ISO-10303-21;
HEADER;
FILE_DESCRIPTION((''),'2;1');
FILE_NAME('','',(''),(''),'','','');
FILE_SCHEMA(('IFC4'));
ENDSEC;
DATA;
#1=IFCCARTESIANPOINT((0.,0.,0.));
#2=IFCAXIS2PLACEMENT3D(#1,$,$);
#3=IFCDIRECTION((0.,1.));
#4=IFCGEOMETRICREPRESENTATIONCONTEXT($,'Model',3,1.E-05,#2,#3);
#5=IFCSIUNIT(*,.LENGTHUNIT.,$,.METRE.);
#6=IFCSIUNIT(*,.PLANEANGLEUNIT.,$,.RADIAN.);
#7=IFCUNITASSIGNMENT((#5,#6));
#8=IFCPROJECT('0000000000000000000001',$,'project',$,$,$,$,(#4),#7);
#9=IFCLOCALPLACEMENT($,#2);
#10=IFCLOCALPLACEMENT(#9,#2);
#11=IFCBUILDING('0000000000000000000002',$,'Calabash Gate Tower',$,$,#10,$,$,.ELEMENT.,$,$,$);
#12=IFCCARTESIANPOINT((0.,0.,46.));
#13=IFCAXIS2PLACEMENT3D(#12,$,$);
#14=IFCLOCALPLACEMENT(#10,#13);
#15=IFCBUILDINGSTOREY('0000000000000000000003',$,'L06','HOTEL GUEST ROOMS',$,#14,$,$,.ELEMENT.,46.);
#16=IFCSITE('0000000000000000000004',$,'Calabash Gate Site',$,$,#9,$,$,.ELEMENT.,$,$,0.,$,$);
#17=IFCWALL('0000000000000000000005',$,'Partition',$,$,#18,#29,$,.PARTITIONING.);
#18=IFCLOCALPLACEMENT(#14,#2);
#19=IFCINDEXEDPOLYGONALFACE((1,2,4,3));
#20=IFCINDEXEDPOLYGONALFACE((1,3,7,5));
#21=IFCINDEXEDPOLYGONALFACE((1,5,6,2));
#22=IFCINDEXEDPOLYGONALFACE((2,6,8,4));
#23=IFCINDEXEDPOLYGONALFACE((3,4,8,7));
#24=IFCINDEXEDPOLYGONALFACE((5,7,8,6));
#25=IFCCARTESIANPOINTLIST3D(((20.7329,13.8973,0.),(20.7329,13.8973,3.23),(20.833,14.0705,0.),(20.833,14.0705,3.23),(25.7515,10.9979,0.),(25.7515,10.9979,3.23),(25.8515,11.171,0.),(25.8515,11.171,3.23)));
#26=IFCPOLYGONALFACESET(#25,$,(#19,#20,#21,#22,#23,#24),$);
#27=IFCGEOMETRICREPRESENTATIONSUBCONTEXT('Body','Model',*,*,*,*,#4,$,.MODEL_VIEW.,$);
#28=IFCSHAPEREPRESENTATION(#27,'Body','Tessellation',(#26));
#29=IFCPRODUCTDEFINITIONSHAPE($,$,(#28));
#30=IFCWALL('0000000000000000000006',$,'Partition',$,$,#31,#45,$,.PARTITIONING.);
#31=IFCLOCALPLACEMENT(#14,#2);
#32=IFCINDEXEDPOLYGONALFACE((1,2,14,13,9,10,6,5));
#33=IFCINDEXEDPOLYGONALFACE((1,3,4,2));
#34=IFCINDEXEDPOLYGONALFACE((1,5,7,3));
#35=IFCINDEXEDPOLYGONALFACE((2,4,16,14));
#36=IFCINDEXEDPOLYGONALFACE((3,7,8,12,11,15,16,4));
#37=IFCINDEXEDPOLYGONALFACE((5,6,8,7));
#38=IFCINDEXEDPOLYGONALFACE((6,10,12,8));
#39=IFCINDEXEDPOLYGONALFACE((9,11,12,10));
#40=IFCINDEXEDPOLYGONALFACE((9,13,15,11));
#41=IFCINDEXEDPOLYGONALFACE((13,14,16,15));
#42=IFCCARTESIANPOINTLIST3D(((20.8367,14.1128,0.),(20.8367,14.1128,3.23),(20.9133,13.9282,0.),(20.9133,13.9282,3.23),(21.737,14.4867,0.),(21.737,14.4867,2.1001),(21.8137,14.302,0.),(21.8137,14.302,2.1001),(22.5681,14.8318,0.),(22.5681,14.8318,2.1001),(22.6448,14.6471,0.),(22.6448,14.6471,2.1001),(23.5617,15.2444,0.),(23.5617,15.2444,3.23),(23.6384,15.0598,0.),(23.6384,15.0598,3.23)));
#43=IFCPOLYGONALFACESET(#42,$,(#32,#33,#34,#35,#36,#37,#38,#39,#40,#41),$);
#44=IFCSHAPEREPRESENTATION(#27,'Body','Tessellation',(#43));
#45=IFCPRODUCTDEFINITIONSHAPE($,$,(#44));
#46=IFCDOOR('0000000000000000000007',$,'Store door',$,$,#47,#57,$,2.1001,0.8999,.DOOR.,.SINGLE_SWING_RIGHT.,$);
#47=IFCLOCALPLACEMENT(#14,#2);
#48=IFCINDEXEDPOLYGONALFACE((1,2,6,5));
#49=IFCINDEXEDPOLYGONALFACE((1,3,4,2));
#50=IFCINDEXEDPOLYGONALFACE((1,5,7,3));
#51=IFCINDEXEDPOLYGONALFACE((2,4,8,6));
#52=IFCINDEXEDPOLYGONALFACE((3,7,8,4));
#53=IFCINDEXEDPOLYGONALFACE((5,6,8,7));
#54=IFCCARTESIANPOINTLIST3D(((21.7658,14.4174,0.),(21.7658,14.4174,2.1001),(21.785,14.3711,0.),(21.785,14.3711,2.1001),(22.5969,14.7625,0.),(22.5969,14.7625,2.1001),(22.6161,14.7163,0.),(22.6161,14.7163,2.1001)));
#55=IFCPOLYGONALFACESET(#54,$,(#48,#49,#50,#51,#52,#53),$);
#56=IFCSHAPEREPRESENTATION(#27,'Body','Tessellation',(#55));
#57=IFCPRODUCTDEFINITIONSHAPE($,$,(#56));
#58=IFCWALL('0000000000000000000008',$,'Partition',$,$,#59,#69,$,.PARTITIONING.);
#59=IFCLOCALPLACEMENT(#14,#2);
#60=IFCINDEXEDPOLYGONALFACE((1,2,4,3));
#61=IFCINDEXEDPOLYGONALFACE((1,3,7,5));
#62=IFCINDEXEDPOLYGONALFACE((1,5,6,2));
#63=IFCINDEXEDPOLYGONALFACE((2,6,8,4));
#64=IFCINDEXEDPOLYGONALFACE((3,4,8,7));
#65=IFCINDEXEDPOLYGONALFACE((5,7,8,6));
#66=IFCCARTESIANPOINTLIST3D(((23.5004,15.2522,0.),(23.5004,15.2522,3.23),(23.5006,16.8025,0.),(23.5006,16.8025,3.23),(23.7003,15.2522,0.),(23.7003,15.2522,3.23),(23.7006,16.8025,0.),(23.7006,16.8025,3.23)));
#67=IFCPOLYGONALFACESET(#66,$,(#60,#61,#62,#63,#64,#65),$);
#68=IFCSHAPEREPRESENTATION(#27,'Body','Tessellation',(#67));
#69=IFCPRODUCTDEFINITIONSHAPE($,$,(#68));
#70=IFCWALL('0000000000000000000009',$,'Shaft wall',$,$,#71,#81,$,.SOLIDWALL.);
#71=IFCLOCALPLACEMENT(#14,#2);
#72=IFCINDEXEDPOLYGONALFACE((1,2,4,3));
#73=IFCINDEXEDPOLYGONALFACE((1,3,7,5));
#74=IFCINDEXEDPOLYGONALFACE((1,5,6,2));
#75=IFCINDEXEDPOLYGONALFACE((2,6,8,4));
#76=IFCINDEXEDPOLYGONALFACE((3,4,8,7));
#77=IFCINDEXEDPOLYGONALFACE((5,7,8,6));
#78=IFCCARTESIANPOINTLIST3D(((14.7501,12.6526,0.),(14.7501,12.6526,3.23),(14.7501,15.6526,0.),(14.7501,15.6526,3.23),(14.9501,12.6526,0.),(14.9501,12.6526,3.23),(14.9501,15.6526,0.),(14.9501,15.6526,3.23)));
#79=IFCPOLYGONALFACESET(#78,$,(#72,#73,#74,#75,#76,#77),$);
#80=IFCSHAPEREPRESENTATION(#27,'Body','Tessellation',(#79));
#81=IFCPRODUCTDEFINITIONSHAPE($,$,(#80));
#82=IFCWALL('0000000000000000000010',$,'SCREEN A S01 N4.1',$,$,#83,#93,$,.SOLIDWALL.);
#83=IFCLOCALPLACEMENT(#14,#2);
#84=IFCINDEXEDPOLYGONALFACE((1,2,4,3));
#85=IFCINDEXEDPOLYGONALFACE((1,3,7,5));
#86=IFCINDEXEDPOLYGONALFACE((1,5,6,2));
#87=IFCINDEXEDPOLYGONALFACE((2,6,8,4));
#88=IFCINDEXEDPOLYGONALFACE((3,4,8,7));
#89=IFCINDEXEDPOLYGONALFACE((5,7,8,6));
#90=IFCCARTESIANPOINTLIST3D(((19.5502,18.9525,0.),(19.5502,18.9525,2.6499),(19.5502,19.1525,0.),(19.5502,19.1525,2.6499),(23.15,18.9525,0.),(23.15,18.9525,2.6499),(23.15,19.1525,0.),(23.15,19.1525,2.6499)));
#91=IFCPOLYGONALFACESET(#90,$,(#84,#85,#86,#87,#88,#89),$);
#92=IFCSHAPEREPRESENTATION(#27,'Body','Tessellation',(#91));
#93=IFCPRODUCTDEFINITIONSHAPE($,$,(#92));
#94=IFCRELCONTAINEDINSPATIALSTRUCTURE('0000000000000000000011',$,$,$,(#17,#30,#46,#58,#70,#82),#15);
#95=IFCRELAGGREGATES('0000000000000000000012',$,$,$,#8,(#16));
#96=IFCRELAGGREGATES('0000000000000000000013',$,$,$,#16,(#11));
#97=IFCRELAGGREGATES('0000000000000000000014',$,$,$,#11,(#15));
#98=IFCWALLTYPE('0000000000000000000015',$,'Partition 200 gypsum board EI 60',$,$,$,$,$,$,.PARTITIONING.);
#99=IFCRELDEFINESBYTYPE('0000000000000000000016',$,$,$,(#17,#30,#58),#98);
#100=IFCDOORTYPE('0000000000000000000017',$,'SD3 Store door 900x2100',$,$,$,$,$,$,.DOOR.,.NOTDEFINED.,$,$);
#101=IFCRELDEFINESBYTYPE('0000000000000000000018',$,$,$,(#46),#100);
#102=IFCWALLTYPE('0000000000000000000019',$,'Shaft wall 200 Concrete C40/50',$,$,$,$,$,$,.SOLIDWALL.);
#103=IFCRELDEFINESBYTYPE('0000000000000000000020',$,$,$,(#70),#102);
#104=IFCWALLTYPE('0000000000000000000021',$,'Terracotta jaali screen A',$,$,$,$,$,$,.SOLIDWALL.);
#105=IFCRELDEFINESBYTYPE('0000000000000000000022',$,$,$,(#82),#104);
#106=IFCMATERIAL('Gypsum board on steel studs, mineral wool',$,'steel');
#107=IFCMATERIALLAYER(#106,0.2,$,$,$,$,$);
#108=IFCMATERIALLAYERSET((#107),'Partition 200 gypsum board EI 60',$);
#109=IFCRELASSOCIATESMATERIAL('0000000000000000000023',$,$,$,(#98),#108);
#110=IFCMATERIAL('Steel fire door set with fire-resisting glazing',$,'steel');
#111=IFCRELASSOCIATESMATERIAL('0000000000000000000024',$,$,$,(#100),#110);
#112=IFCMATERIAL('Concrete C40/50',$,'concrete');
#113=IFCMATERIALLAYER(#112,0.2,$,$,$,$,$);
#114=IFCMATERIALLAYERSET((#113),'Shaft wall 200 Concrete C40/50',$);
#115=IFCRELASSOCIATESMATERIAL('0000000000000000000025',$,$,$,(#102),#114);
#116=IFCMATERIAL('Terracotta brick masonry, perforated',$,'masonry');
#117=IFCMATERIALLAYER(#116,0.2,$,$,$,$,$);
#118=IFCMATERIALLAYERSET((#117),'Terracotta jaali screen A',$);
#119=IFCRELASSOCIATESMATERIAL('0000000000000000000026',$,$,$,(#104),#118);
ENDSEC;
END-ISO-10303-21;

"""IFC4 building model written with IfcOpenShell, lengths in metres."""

from ifc_helpers import new_model, si_unit, direction, frame, frame_2d, origin, place, context, subcontext, project, spatial, rectangle, extrude, material, layer, layer_set, type_object, element, fill, save


model = new_model("IFC4")

# Units and contexts
model_context = context("Model", 3, precision=1e-05, world=origin(), true_north=direction((0.0, 1.0)))
body_context = subcontext(model_context, "Body", "Model", "MODEL_VIEW")
ifc_project = project(units=[si_unit("LENGTHUNIT", "METRE"), si_unit("PLANEANGLEUNIT", "RADIAN")], contexts=[model_context])

# Site, building, storey
site_placement = place(None, origin())
site = spatial("IfcSite", under=ifc_project, at=site_placement, Name="Calabash Gate Site", CompositionType="ELEMENT", RefElevation=0.0)
building_placement = place(site_placement, origin())
building = spatial("IfcBuilding", under=site, at=building_placement, Name="Calabash Gate Tower", CompositionType="ELEMENT")
storey_placement = place(building_placement, frame((0.0, 0.0, 46.0)))
storey = spatial("IfcBuildingStorey", under=building, at=storey_placement, Name="L06", Description="HOTEL GUEST ROOMS", CompositionType="ELEMENT", Elevation=46.0)

# Wall
ifc_material_1 = material(Name="Gypsum board on steel studs, mineral wool", Category="steel")
ifc_layer_1 = layer(ifc_material_1, 0.2)
ifc_layer_set_1 = layer_set([ifc_layer_1], Name="Partition 200 gypsum board EI 60")
wall_type_1 = type_object("IfcWallType", Name="Partition 200 gypsum board EI 60", PredefinedType="PARTITIONING", material=ifc_layer_set_1)
wall_1_placement = place(storey_placement, frame((20.783, 13.9839, 0.0), z_axis=(0.0, 0.0, 1.0), x_axis=(0.86588, -0.500252, 0.0)))
element("IfcWall", 1, at=wall_1_placement, inside=storey, type_object=wall_type_1, Name="Partition", PredefinedType="PARTITIONING", context=body_context, shape_type="SweptSolid", body=[
    extrude(rectangle(XDim=5.7959, YDim=0.2, at=frame_2d((2.8979, 0.0))), origin(), (0.0, 0.0, 1.0), 3.23),
])

# Wall, opening, door
wall_2_placement = place(storey_placement, frame((20.875, 14.0205, 0.0), z_axis=(0.0, 0.0, 1.0), x_axis=(0.923541, 0.383499, 0.0)))
wall_2 = element("IfcWall", 2, at=wall_2_placement, inside=storey, type_object=wall_type_1, Name="Partition", PredefinedType="PARTITIONING", context=body_context, shape_type="SweptSolid", body=[
    extrude(rectangle(XDim=2.9507, YDim=0.2, at=frame_2d((1.4753, 0.0))), origin(), (0.0, 0.0, 1.0), 3.23),
])
opening_1_placement = place(wall_2_placement, frame((0.9749, 0.0, 0.0)))
opening_1 = element("IfcOpeningElement", 3, at=opening_1_placement, cuts=wall_2, PredefinedType="OPENING", context=body_context, shape_type="SweptSolid", body=[
    extrude(rectangle(XDim=0.8999, YDim=2.1001, at=frame_2d((0.45, 1.05))), frame((0.0, 0.1099, 0.0), z_axis=(0.0, -1.0, 0.0), x_axis=(1.0, 0.0, 0.0)), (0.0, 0.0, 1.0), 0.22),
])
ifc_material_2 = material(Name="Steel fire door set with fire-resisting glazing", Category="steel")
door_type_1 = type_object("IfcDoorType", Name="SD3 Store door 900x2100", OperationType="NOTDEFINED", PredefinedType="DOOR", material=ifc_material_2)
door_1_placement = place(opening_1_placement, origin())
door_1 = element("IfcDoor", 4, at=door_1_placement, inside=storey, type_object=door_type_1, Name="Store door", OperationType="SINGLE_SWING_RIGHT", OverallHeight=2.1001, OverallWidth=0.8999, PredefinedType="DOOR", context=body_context, shape_type="SweptSolid", body=[
    extrude(rectangle(XDim=0.8999, YDim=2.1001, at=frame_2d((0.45, 1.05))), frame((0.0, 0.0249, 0.0), z_axis=(0.0, -1.0, 0.0), x_axis=(1.0, 0.0, 0.0)), (0.0, 0.0, 1.0), 0.05),
])
fill(opening_1, door_1)

# Walls
wall_3_placement = place(storey_placement, frame((23.6003, 15.2522, 0.0), z_axis=(0.0, 0.0, 1.0), x_axis=(0.000157, 1.0, 0.0)))
element("IfcWall", 5, at=wall_3_placement, inside=storey, type_object=wall_type_1, Name="Partition", PredefinedType="PARTITIONING", context=body_context, shape_type="SweptSolid", body=[
    extrude(rectangle(XDim=1.5503, YDim=0.2, at=frame_2d((0.7751, 0.0))), origin(), (0.0, 0.0, 1.0), 3.23),
])
ifc_material_3 = material(Name="Concrete C40/50", Category="concrete")
ifc_layer_2 = layer(ifc_material_3, 0.2)
ifc_layer_set_2 = layer_set([ifc_layer_2], Name="Shaft wall 200 Concrete C40/50")
wall_type_2 = type_object("IfcWallType", Name="Shaft wall 200 Concrete C40/50", PredefinedType="SOLIDWALL", material=ifc_layer_set_2)
wall_4_placement = place(storey_placement, frame((14.8501, 12.6526, 0.0), z_axis=(0.0, 0.0, 1.0), x_axis=(0.0, 1.0, 0.0)))
element("IfcWall", 6, at=wall_4_placement, inside=storey, type_object=wall_type_2, Name="Shaft wall", PredefinedType="SOLIDWALL", context=body_context, shape_type="SweptSolid", body=[
    extrude(rectangle(XDim=3.0, YDim=0.2, at=frame_2d((1.5, 0.0))), origin(), (0.0, 0.0, 1.0), 3.23),
])
ifc_material_4 = material(Name="Terracotta brick masonry, perforated", Category="masonry")
ifc_layer_3 = layer(ifc_material_4, 0.2)
ifc_layer_set_3 = layer_set([ifc_layer_3], Name="Terracotta jaali screen A")
wall_type_3 = type_object("IfcWallType", Name="Terracotta jaali screen A", PredefinedType="SOLIDWALL", material=ifc_layer_set_3)
wall_5_placement = place(storey_placement, frame((23.1499, 19.0525, 0.0), z_axis=(0.0, 0.0, 1.0), x_axis=(-1.0, 0.0, 0.0)))
element("IfcWall", 7, at=wall_5_placement, inside=storey, type_object=wall_type_3, Name="SCREEN A S01 N4.1", PredefinedType="SOLIDWALL", context=body_context, shape_type="SweptSolid", body=[
    extrude(rectangle(XDim=3.5999, YDim=0.2, at=frame_2d((1.7998, 0.0))), origin(), (0.0, 0.0, 1.0), 2.6499),
])

save(model, "model.ifc")
